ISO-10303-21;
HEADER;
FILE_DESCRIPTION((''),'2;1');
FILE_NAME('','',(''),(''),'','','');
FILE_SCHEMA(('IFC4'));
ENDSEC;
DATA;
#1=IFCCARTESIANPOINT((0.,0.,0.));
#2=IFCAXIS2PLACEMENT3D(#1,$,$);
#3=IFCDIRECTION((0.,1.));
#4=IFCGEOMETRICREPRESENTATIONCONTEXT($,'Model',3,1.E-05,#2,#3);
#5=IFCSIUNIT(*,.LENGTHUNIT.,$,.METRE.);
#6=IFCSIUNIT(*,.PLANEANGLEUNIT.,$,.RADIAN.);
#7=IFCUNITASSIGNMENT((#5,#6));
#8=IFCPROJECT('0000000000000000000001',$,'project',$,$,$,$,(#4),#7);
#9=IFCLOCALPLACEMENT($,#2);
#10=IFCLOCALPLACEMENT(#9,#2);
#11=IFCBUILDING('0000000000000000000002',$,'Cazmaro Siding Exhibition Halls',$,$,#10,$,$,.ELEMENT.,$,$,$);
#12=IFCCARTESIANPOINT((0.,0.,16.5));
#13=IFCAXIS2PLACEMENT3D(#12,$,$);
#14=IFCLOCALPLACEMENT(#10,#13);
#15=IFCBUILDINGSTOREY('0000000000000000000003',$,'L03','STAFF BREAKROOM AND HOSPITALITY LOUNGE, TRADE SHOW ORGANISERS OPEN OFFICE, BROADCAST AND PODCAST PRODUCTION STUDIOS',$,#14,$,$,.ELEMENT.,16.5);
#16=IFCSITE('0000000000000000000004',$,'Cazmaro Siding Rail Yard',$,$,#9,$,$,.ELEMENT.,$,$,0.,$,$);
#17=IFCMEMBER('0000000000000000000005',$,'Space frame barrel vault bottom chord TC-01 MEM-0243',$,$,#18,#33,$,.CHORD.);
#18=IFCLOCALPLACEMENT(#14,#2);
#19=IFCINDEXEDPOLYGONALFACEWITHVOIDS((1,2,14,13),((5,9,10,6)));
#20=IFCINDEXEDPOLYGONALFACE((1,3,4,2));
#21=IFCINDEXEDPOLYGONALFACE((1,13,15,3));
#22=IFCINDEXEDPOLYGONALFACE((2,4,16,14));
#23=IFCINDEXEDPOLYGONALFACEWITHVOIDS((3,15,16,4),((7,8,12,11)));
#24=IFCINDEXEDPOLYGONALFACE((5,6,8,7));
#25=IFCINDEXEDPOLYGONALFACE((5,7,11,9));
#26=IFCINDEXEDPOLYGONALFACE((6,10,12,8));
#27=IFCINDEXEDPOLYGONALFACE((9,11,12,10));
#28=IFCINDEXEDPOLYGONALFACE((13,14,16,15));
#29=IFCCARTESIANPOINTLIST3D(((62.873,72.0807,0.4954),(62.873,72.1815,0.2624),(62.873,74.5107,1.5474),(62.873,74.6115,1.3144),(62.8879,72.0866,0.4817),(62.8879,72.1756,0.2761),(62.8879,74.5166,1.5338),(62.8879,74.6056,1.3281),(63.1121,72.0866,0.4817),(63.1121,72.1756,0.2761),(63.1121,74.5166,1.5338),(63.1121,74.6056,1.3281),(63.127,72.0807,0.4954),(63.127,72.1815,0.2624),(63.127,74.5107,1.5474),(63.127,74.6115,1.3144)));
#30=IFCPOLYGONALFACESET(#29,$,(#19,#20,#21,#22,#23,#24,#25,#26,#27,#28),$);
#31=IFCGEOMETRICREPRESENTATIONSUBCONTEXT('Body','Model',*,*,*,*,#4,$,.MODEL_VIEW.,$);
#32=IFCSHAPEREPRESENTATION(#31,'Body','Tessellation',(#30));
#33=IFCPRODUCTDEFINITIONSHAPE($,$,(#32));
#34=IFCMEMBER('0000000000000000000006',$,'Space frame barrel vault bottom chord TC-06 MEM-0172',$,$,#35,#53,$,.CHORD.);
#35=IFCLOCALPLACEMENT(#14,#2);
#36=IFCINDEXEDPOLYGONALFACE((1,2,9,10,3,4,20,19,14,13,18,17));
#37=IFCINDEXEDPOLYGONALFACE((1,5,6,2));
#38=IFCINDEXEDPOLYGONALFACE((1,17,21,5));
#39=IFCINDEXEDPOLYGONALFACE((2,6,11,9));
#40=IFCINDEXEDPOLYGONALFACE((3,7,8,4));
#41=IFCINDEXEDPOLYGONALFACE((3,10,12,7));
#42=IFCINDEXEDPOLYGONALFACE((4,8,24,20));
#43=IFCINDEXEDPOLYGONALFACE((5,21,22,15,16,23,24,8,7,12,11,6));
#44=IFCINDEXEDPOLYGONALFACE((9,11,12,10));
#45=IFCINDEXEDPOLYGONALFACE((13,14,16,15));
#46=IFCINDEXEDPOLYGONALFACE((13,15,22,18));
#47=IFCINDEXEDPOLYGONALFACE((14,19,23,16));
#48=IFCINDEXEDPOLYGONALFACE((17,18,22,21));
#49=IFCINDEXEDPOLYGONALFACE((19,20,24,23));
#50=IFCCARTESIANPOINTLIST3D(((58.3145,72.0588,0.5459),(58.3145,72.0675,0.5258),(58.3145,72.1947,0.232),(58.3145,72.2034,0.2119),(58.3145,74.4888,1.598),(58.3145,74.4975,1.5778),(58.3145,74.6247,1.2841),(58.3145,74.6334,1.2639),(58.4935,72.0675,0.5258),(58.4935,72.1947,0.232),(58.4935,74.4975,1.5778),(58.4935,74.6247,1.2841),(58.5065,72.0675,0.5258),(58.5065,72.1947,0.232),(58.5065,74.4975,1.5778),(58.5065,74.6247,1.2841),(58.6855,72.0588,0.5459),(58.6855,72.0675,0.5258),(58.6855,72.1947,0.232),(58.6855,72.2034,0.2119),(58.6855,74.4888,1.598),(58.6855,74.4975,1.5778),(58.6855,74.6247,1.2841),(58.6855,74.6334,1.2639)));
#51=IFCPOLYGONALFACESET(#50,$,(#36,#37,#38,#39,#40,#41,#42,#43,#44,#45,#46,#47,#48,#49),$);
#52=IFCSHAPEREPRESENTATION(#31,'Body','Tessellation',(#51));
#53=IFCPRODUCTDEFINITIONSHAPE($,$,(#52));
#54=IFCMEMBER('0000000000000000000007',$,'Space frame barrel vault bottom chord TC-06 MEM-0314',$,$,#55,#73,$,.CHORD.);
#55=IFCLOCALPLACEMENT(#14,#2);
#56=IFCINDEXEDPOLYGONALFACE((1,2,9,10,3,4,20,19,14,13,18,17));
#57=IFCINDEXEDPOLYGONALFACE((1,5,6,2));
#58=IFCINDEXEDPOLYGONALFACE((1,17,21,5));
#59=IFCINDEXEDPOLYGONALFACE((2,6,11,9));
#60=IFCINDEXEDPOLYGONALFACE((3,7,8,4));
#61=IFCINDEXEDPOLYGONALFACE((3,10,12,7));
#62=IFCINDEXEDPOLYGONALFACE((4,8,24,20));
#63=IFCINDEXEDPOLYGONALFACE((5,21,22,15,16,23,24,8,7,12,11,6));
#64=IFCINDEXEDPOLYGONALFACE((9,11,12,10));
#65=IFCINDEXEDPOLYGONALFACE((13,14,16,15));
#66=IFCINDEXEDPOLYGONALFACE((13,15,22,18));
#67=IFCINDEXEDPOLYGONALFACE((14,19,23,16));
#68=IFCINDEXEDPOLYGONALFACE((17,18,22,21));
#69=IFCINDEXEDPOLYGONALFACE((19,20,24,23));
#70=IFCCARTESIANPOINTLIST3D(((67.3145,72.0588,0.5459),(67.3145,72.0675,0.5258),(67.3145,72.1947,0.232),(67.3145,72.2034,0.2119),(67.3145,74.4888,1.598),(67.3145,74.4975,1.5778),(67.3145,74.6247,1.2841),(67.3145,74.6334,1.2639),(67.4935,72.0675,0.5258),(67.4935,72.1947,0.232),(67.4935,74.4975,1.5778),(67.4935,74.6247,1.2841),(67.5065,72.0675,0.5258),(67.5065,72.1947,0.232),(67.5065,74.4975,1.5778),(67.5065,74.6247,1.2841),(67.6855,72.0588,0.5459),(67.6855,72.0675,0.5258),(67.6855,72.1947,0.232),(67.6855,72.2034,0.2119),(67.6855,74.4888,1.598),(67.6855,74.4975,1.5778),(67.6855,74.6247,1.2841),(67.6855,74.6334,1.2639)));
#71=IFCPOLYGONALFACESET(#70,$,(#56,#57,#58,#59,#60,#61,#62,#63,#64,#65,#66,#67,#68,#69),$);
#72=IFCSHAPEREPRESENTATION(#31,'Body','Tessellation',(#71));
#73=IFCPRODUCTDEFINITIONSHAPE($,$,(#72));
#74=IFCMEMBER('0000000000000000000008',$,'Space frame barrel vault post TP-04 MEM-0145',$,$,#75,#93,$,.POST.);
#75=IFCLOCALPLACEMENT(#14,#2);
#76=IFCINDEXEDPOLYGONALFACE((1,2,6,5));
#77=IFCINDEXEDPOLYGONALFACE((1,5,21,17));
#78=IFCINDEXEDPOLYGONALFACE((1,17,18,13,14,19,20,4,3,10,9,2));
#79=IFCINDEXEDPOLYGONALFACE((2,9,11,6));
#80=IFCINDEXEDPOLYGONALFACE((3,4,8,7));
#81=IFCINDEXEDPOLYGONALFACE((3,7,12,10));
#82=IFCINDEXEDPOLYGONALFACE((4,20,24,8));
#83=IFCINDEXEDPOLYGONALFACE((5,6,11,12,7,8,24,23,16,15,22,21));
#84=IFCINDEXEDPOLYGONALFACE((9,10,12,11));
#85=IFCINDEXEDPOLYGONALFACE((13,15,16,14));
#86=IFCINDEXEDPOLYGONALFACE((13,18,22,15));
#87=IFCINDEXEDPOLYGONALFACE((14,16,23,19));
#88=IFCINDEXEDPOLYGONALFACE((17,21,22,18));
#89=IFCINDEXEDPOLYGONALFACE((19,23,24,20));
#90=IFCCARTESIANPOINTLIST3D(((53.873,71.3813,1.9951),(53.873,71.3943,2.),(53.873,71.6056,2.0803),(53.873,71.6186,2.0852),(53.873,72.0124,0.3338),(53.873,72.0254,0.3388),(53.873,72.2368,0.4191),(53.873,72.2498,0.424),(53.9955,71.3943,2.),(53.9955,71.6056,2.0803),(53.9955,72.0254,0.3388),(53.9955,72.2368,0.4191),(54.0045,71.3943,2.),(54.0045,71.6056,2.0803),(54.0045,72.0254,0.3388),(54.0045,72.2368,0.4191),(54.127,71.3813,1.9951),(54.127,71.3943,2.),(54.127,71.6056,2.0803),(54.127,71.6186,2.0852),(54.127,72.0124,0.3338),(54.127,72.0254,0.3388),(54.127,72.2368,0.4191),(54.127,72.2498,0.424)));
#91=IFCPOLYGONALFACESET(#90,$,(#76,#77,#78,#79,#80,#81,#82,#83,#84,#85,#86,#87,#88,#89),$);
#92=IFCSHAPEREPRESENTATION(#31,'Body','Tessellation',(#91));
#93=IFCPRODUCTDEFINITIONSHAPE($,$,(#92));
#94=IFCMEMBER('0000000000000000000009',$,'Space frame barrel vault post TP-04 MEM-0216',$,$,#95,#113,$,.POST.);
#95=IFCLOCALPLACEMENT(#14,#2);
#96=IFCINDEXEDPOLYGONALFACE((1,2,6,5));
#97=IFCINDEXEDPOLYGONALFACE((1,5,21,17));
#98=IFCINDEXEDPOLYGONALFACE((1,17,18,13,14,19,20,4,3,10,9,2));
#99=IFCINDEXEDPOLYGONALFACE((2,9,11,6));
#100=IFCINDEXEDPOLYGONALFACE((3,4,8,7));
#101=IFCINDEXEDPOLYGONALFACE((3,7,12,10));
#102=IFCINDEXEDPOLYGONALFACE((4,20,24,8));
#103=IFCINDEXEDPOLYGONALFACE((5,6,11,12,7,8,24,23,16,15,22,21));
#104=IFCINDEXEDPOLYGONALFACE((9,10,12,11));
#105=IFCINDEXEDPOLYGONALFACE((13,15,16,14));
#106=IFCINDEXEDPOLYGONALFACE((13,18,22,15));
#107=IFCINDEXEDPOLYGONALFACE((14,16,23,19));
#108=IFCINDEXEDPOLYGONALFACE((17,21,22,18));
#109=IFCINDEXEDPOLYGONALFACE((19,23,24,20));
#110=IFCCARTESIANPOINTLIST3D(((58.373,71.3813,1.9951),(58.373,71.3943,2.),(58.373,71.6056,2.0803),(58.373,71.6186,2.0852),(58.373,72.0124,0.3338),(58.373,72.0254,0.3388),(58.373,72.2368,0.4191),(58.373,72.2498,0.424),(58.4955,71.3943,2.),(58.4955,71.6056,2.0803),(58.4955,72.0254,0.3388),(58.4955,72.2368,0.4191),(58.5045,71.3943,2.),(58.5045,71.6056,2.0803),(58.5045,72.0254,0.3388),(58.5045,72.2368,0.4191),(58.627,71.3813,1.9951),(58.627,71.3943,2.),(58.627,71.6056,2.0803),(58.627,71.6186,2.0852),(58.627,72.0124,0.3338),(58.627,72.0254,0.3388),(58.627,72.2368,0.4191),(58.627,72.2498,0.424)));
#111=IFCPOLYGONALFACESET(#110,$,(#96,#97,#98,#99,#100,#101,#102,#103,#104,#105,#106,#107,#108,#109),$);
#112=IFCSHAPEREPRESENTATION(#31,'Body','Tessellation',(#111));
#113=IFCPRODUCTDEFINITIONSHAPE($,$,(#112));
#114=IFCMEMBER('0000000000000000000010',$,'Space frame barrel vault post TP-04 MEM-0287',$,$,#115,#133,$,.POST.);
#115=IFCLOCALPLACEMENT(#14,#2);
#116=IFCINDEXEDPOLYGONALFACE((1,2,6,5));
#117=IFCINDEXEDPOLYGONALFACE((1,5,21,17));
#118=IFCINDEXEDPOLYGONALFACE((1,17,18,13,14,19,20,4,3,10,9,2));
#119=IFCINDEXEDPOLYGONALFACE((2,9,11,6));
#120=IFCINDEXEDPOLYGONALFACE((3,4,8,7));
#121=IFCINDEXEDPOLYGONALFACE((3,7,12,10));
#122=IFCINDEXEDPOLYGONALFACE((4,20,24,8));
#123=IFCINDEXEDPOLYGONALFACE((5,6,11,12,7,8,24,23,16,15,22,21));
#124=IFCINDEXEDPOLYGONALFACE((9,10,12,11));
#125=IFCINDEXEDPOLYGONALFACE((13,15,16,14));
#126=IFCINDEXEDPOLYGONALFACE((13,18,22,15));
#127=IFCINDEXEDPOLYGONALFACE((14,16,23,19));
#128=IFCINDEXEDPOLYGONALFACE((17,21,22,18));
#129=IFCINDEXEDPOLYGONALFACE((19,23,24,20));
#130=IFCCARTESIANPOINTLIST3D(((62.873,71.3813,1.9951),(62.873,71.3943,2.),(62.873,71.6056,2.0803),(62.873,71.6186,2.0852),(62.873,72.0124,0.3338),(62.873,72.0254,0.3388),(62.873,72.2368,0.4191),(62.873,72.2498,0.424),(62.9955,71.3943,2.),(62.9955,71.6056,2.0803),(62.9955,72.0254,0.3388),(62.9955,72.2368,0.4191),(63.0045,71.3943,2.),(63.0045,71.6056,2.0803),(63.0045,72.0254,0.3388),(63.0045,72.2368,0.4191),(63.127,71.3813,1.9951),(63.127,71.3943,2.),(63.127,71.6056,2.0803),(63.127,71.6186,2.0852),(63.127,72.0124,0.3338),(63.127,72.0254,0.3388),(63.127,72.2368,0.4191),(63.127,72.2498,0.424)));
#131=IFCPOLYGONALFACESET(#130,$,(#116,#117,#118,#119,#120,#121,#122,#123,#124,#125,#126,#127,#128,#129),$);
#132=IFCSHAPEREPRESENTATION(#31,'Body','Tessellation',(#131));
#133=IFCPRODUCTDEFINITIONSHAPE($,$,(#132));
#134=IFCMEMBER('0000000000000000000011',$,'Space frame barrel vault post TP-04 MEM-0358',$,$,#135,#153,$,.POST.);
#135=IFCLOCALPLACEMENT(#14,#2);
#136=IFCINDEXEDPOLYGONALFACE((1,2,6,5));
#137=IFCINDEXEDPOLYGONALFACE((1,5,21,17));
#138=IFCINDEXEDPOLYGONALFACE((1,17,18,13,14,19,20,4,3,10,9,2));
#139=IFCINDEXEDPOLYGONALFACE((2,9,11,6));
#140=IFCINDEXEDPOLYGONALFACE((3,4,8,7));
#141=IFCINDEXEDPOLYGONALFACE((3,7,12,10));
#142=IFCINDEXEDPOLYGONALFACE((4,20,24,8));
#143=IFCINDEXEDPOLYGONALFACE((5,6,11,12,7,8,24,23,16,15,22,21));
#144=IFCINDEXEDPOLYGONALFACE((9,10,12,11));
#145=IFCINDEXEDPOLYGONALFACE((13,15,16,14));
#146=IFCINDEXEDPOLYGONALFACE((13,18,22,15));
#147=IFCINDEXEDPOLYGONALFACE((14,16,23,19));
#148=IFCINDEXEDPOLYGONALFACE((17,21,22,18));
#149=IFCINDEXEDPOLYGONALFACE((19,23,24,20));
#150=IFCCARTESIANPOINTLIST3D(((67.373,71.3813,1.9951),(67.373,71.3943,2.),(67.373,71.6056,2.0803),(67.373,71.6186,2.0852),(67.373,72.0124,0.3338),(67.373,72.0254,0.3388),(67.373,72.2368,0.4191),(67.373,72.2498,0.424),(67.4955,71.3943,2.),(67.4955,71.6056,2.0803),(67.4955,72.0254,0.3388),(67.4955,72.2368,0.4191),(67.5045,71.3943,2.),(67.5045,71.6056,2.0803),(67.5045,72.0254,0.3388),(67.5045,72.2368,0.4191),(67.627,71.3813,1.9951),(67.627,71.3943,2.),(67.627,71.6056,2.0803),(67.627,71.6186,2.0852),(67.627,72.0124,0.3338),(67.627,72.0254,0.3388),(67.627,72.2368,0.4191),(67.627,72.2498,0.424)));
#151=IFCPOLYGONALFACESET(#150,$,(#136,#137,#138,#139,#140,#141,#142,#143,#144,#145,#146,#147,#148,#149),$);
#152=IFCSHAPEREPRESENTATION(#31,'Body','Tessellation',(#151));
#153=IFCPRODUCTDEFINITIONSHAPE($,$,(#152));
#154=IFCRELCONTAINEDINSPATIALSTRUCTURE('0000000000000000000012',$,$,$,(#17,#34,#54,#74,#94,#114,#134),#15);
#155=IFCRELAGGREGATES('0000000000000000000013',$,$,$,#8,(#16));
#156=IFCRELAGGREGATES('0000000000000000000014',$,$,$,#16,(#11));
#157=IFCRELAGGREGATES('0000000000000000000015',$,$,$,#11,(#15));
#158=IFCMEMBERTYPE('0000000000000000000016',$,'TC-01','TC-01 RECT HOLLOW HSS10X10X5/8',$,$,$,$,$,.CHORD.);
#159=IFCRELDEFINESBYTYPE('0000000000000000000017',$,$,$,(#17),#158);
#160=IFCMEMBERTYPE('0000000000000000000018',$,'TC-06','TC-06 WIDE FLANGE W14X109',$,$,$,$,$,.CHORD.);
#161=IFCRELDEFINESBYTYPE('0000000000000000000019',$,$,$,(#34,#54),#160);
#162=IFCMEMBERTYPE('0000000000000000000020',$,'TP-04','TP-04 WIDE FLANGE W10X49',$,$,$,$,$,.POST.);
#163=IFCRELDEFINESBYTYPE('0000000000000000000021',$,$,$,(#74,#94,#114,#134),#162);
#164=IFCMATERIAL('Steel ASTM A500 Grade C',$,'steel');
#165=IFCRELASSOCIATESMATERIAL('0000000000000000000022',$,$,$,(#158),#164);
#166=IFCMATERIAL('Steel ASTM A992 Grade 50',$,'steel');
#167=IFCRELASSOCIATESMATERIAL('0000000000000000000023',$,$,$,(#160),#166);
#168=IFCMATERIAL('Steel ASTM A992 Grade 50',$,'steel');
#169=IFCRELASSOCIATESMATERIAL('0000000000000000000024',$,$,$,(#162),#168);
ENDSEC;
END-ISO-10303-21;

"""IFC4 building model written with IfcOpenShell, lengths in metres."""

from ifc_helpers import new_model, si_unit, direction, frame, origin, origin_2d, place, context, subcontext, project, spatial, hollow_rectangle, i_section, extrude, material, material_profile, profile_set, type_object, element, save


model = new_model("IFC4")

# Units and contexts
model_context = context("Model", 3, precision=1e-05, world=origin(), true_north=direction((0.0, 1.0)))
body_context = subcontext(model_context, "Body", "Model", "MODEL_VIEW")
ifc_project = project(units=[si_unit("LENGTHUNIT", "METRE"), si_unit("PLANEANGLEUNIT", "RADIAN")], contexts=[model_context])

# Site, building, storey
site_placement = place(None, origin())
site = spatial("IfcSite", under=ifc_project, at=site_placement, Name="Cazmaro Siding Rail Yard", CompositionType="ELEMENT", RefElevation=0.0)
building_placement = place(site_placement, origin())
building = spatial("IfcBuilding", under=site, at=building_placement, Name="Cazmaro Siding Exhibition Halls", CompositionType="ELEMENT")
storey_placement = place(building_placement, frame((0.0, 0.0, 16.5)))
storey = spatial("IfcBuildingStorey", under=building, at=storey_placement, Name="L03", Description="STAFF BREAKROOM AND HOSPITALITY LOUNGE, TRADE SHOW ORGANISERS OPEN OFFICE, BROADCAST AND PODCAST PRODUCTION STUDIOS", CompositionType="ELEMENT", Elevation=16.5)

# Members
ifc_material_1 = material(Name="Steel ASTM A500 Grade C", Category="steel")
ifc_material_profile_1 = material_profile(ifc_material_1, hollow_rectangle(XDim=0.2539, YDim=0.2539, WallThickness=0.0149, at=origin_2d()), Name="HSS10X10X5/8")
ifc_profile_set_1 = profile_set([ifc_material_profile_1], Name="Steel ASTM A500 Grade C")
member_type_1 = type_object("IfcMemberType", Name="TC-01", Description="TC-01 RECT HOLLOW HSS10X10X5/8", PredefinedType="CHORD", material=ifc_profile_set_1)
member_placement = place(storey_placement, frame((63.0, 72.1311, 0.3789), z_axis=(0.0, 0.917689, 0.397299), x_axis=(-1.0, 0.0, 0.0)))
element("IfcMember", 1, at=member_placement, inside=storey, type_object=member_type_1, Name="Space frame barrel vault bottom chord TC-01 MEM-0243", PredefinedType="CHORD", context=body_context, shape_type="SweptSolid", body=[
    extrude(hollow_rectangle(XDim=0.2539, YDim=0.2539, WallThickness=0.0149, at=origin_2d()), origin(), (0.0, 0.0, 1.0), 2.6479),
])
ifc_material_2 = material(Name="Steel ASTM A992 Grade 50", Category="steel")
ifc_material_profile_2 = material_profile(ifc_material_2, i_section(OverallWidth=0.3711, OverallDepth=0.364, WebThickness=0.0129, FlangeThickness=0.022, at=origin_2d()), Name="W14X109")
ifc_profile_set_2 = profile_set([ifc_material_profile_2], Name="Steel ASTM A992 Grade 50")
member_type_2 = type_object("IfcMemberType", Name="TC-06", Description="TC-06 WIDE FLANGE W14X109", PredefinedType="CHORD", material=ifc_profile_set_2)
for number, where, z_axis, x_axis, name in (
    (2, (58.5, 72.1311, 0.3789), (0.0, 0.917689, 0.397299), (-1.0, 0.0, 0.0), "Space frame barrel vault bottom chord TC-06 MEM-0172"),
    (3, (67.5, 72.1311, 0.3789), (0.0, 0.917689, 0.397299), (-1.0, 0.0, 0.0), "Space frame barrel vault bottom chord TC-06 MEM-0314"),
):
    element("IfcMember", number, at=place(storey_placement, frame(where, z_axis=z_axis, x_axis=x_axis)), inside=storey, type_object=member_type_2, Name=name, PredefinedType="CHORD", context=body_context, shape_type="SweptSolid", body=[
        extrude(i_section(OverallWidth=0.3711, OverallDepth=0.364, WebThickness=0.0129, FlangeThickness=0.022, at=origin_2d()), origin(), (0.0, 0.0, 1.0), 2.6479),
    ])
ifc_material_3 = material(Name="Steel ASTM A992 Grade 50", Category="steel")
ifc_material_profile_3 = material_profile(ifc_material_3, i_section(OverallWidth=0.2539, OverallDepth=0.2539, WebThickness=0.009, FlangeThickness=0.0139, at=origin_2d()), Name="W10X49")
ifc_profile_set_3 = profile_set([ifc_material_profile_3], Name="Steel ASTM A992 Grade 50")
member_type_3 = type_object("IfcMemberType", Name="TP-04", Description="TP-04 WIDE FLANGE W10X49", PredefinedType="POST", material=ifc_profile_set_3)
for number, where, z_axis, x_axis, name in (
    (4, (54.0, 72.1311, 0.3789), (0.0, -0.355155, 0.934807), (1.0, 0.0, 0.0), "Space frame barrel vault post TP-04 MEM-0145"),
    (5, (58.5, 72.1311, 0.3789), (0.0, -0.355155, 0.934807), (1.0, 0.0, 0.0), "Space frame barrel vault post TP-04 MEM-0216"),
    (6, (63.0, 72.1311, 0.3789), (0.0, -0.355155, 0.934807), (1.0, 0.0, 0.0), "Space frame barrel vault post TP-04 MEM-0287"),
    (7, (67.5, 72.1311, 0.3789), (0.0, -0.355155, 0.934807), (1.0, 0.0, 0.0), "Space frame barrel vault post TP-04 MEM-0358"),
):
    element("IfcMember", number, at=place(storey_placement, frame(where, z_axis=z_axis, x_axis=x_axis)), inside=storey, type_object=member_type_3, Name=name, PredefinedType="POST", context=body_context, shape_type="SweptSolid", body=[
        extrude(i_section(OverallWidth=0.2539, OverallDepth=0.2539, WebThickness=0.009, FlangeThickness=0.0139, at=origin_2d()), origin(), (0.0, 0.0, 1.0), 1.7771),
    ])

save(model, "model.ifc")
